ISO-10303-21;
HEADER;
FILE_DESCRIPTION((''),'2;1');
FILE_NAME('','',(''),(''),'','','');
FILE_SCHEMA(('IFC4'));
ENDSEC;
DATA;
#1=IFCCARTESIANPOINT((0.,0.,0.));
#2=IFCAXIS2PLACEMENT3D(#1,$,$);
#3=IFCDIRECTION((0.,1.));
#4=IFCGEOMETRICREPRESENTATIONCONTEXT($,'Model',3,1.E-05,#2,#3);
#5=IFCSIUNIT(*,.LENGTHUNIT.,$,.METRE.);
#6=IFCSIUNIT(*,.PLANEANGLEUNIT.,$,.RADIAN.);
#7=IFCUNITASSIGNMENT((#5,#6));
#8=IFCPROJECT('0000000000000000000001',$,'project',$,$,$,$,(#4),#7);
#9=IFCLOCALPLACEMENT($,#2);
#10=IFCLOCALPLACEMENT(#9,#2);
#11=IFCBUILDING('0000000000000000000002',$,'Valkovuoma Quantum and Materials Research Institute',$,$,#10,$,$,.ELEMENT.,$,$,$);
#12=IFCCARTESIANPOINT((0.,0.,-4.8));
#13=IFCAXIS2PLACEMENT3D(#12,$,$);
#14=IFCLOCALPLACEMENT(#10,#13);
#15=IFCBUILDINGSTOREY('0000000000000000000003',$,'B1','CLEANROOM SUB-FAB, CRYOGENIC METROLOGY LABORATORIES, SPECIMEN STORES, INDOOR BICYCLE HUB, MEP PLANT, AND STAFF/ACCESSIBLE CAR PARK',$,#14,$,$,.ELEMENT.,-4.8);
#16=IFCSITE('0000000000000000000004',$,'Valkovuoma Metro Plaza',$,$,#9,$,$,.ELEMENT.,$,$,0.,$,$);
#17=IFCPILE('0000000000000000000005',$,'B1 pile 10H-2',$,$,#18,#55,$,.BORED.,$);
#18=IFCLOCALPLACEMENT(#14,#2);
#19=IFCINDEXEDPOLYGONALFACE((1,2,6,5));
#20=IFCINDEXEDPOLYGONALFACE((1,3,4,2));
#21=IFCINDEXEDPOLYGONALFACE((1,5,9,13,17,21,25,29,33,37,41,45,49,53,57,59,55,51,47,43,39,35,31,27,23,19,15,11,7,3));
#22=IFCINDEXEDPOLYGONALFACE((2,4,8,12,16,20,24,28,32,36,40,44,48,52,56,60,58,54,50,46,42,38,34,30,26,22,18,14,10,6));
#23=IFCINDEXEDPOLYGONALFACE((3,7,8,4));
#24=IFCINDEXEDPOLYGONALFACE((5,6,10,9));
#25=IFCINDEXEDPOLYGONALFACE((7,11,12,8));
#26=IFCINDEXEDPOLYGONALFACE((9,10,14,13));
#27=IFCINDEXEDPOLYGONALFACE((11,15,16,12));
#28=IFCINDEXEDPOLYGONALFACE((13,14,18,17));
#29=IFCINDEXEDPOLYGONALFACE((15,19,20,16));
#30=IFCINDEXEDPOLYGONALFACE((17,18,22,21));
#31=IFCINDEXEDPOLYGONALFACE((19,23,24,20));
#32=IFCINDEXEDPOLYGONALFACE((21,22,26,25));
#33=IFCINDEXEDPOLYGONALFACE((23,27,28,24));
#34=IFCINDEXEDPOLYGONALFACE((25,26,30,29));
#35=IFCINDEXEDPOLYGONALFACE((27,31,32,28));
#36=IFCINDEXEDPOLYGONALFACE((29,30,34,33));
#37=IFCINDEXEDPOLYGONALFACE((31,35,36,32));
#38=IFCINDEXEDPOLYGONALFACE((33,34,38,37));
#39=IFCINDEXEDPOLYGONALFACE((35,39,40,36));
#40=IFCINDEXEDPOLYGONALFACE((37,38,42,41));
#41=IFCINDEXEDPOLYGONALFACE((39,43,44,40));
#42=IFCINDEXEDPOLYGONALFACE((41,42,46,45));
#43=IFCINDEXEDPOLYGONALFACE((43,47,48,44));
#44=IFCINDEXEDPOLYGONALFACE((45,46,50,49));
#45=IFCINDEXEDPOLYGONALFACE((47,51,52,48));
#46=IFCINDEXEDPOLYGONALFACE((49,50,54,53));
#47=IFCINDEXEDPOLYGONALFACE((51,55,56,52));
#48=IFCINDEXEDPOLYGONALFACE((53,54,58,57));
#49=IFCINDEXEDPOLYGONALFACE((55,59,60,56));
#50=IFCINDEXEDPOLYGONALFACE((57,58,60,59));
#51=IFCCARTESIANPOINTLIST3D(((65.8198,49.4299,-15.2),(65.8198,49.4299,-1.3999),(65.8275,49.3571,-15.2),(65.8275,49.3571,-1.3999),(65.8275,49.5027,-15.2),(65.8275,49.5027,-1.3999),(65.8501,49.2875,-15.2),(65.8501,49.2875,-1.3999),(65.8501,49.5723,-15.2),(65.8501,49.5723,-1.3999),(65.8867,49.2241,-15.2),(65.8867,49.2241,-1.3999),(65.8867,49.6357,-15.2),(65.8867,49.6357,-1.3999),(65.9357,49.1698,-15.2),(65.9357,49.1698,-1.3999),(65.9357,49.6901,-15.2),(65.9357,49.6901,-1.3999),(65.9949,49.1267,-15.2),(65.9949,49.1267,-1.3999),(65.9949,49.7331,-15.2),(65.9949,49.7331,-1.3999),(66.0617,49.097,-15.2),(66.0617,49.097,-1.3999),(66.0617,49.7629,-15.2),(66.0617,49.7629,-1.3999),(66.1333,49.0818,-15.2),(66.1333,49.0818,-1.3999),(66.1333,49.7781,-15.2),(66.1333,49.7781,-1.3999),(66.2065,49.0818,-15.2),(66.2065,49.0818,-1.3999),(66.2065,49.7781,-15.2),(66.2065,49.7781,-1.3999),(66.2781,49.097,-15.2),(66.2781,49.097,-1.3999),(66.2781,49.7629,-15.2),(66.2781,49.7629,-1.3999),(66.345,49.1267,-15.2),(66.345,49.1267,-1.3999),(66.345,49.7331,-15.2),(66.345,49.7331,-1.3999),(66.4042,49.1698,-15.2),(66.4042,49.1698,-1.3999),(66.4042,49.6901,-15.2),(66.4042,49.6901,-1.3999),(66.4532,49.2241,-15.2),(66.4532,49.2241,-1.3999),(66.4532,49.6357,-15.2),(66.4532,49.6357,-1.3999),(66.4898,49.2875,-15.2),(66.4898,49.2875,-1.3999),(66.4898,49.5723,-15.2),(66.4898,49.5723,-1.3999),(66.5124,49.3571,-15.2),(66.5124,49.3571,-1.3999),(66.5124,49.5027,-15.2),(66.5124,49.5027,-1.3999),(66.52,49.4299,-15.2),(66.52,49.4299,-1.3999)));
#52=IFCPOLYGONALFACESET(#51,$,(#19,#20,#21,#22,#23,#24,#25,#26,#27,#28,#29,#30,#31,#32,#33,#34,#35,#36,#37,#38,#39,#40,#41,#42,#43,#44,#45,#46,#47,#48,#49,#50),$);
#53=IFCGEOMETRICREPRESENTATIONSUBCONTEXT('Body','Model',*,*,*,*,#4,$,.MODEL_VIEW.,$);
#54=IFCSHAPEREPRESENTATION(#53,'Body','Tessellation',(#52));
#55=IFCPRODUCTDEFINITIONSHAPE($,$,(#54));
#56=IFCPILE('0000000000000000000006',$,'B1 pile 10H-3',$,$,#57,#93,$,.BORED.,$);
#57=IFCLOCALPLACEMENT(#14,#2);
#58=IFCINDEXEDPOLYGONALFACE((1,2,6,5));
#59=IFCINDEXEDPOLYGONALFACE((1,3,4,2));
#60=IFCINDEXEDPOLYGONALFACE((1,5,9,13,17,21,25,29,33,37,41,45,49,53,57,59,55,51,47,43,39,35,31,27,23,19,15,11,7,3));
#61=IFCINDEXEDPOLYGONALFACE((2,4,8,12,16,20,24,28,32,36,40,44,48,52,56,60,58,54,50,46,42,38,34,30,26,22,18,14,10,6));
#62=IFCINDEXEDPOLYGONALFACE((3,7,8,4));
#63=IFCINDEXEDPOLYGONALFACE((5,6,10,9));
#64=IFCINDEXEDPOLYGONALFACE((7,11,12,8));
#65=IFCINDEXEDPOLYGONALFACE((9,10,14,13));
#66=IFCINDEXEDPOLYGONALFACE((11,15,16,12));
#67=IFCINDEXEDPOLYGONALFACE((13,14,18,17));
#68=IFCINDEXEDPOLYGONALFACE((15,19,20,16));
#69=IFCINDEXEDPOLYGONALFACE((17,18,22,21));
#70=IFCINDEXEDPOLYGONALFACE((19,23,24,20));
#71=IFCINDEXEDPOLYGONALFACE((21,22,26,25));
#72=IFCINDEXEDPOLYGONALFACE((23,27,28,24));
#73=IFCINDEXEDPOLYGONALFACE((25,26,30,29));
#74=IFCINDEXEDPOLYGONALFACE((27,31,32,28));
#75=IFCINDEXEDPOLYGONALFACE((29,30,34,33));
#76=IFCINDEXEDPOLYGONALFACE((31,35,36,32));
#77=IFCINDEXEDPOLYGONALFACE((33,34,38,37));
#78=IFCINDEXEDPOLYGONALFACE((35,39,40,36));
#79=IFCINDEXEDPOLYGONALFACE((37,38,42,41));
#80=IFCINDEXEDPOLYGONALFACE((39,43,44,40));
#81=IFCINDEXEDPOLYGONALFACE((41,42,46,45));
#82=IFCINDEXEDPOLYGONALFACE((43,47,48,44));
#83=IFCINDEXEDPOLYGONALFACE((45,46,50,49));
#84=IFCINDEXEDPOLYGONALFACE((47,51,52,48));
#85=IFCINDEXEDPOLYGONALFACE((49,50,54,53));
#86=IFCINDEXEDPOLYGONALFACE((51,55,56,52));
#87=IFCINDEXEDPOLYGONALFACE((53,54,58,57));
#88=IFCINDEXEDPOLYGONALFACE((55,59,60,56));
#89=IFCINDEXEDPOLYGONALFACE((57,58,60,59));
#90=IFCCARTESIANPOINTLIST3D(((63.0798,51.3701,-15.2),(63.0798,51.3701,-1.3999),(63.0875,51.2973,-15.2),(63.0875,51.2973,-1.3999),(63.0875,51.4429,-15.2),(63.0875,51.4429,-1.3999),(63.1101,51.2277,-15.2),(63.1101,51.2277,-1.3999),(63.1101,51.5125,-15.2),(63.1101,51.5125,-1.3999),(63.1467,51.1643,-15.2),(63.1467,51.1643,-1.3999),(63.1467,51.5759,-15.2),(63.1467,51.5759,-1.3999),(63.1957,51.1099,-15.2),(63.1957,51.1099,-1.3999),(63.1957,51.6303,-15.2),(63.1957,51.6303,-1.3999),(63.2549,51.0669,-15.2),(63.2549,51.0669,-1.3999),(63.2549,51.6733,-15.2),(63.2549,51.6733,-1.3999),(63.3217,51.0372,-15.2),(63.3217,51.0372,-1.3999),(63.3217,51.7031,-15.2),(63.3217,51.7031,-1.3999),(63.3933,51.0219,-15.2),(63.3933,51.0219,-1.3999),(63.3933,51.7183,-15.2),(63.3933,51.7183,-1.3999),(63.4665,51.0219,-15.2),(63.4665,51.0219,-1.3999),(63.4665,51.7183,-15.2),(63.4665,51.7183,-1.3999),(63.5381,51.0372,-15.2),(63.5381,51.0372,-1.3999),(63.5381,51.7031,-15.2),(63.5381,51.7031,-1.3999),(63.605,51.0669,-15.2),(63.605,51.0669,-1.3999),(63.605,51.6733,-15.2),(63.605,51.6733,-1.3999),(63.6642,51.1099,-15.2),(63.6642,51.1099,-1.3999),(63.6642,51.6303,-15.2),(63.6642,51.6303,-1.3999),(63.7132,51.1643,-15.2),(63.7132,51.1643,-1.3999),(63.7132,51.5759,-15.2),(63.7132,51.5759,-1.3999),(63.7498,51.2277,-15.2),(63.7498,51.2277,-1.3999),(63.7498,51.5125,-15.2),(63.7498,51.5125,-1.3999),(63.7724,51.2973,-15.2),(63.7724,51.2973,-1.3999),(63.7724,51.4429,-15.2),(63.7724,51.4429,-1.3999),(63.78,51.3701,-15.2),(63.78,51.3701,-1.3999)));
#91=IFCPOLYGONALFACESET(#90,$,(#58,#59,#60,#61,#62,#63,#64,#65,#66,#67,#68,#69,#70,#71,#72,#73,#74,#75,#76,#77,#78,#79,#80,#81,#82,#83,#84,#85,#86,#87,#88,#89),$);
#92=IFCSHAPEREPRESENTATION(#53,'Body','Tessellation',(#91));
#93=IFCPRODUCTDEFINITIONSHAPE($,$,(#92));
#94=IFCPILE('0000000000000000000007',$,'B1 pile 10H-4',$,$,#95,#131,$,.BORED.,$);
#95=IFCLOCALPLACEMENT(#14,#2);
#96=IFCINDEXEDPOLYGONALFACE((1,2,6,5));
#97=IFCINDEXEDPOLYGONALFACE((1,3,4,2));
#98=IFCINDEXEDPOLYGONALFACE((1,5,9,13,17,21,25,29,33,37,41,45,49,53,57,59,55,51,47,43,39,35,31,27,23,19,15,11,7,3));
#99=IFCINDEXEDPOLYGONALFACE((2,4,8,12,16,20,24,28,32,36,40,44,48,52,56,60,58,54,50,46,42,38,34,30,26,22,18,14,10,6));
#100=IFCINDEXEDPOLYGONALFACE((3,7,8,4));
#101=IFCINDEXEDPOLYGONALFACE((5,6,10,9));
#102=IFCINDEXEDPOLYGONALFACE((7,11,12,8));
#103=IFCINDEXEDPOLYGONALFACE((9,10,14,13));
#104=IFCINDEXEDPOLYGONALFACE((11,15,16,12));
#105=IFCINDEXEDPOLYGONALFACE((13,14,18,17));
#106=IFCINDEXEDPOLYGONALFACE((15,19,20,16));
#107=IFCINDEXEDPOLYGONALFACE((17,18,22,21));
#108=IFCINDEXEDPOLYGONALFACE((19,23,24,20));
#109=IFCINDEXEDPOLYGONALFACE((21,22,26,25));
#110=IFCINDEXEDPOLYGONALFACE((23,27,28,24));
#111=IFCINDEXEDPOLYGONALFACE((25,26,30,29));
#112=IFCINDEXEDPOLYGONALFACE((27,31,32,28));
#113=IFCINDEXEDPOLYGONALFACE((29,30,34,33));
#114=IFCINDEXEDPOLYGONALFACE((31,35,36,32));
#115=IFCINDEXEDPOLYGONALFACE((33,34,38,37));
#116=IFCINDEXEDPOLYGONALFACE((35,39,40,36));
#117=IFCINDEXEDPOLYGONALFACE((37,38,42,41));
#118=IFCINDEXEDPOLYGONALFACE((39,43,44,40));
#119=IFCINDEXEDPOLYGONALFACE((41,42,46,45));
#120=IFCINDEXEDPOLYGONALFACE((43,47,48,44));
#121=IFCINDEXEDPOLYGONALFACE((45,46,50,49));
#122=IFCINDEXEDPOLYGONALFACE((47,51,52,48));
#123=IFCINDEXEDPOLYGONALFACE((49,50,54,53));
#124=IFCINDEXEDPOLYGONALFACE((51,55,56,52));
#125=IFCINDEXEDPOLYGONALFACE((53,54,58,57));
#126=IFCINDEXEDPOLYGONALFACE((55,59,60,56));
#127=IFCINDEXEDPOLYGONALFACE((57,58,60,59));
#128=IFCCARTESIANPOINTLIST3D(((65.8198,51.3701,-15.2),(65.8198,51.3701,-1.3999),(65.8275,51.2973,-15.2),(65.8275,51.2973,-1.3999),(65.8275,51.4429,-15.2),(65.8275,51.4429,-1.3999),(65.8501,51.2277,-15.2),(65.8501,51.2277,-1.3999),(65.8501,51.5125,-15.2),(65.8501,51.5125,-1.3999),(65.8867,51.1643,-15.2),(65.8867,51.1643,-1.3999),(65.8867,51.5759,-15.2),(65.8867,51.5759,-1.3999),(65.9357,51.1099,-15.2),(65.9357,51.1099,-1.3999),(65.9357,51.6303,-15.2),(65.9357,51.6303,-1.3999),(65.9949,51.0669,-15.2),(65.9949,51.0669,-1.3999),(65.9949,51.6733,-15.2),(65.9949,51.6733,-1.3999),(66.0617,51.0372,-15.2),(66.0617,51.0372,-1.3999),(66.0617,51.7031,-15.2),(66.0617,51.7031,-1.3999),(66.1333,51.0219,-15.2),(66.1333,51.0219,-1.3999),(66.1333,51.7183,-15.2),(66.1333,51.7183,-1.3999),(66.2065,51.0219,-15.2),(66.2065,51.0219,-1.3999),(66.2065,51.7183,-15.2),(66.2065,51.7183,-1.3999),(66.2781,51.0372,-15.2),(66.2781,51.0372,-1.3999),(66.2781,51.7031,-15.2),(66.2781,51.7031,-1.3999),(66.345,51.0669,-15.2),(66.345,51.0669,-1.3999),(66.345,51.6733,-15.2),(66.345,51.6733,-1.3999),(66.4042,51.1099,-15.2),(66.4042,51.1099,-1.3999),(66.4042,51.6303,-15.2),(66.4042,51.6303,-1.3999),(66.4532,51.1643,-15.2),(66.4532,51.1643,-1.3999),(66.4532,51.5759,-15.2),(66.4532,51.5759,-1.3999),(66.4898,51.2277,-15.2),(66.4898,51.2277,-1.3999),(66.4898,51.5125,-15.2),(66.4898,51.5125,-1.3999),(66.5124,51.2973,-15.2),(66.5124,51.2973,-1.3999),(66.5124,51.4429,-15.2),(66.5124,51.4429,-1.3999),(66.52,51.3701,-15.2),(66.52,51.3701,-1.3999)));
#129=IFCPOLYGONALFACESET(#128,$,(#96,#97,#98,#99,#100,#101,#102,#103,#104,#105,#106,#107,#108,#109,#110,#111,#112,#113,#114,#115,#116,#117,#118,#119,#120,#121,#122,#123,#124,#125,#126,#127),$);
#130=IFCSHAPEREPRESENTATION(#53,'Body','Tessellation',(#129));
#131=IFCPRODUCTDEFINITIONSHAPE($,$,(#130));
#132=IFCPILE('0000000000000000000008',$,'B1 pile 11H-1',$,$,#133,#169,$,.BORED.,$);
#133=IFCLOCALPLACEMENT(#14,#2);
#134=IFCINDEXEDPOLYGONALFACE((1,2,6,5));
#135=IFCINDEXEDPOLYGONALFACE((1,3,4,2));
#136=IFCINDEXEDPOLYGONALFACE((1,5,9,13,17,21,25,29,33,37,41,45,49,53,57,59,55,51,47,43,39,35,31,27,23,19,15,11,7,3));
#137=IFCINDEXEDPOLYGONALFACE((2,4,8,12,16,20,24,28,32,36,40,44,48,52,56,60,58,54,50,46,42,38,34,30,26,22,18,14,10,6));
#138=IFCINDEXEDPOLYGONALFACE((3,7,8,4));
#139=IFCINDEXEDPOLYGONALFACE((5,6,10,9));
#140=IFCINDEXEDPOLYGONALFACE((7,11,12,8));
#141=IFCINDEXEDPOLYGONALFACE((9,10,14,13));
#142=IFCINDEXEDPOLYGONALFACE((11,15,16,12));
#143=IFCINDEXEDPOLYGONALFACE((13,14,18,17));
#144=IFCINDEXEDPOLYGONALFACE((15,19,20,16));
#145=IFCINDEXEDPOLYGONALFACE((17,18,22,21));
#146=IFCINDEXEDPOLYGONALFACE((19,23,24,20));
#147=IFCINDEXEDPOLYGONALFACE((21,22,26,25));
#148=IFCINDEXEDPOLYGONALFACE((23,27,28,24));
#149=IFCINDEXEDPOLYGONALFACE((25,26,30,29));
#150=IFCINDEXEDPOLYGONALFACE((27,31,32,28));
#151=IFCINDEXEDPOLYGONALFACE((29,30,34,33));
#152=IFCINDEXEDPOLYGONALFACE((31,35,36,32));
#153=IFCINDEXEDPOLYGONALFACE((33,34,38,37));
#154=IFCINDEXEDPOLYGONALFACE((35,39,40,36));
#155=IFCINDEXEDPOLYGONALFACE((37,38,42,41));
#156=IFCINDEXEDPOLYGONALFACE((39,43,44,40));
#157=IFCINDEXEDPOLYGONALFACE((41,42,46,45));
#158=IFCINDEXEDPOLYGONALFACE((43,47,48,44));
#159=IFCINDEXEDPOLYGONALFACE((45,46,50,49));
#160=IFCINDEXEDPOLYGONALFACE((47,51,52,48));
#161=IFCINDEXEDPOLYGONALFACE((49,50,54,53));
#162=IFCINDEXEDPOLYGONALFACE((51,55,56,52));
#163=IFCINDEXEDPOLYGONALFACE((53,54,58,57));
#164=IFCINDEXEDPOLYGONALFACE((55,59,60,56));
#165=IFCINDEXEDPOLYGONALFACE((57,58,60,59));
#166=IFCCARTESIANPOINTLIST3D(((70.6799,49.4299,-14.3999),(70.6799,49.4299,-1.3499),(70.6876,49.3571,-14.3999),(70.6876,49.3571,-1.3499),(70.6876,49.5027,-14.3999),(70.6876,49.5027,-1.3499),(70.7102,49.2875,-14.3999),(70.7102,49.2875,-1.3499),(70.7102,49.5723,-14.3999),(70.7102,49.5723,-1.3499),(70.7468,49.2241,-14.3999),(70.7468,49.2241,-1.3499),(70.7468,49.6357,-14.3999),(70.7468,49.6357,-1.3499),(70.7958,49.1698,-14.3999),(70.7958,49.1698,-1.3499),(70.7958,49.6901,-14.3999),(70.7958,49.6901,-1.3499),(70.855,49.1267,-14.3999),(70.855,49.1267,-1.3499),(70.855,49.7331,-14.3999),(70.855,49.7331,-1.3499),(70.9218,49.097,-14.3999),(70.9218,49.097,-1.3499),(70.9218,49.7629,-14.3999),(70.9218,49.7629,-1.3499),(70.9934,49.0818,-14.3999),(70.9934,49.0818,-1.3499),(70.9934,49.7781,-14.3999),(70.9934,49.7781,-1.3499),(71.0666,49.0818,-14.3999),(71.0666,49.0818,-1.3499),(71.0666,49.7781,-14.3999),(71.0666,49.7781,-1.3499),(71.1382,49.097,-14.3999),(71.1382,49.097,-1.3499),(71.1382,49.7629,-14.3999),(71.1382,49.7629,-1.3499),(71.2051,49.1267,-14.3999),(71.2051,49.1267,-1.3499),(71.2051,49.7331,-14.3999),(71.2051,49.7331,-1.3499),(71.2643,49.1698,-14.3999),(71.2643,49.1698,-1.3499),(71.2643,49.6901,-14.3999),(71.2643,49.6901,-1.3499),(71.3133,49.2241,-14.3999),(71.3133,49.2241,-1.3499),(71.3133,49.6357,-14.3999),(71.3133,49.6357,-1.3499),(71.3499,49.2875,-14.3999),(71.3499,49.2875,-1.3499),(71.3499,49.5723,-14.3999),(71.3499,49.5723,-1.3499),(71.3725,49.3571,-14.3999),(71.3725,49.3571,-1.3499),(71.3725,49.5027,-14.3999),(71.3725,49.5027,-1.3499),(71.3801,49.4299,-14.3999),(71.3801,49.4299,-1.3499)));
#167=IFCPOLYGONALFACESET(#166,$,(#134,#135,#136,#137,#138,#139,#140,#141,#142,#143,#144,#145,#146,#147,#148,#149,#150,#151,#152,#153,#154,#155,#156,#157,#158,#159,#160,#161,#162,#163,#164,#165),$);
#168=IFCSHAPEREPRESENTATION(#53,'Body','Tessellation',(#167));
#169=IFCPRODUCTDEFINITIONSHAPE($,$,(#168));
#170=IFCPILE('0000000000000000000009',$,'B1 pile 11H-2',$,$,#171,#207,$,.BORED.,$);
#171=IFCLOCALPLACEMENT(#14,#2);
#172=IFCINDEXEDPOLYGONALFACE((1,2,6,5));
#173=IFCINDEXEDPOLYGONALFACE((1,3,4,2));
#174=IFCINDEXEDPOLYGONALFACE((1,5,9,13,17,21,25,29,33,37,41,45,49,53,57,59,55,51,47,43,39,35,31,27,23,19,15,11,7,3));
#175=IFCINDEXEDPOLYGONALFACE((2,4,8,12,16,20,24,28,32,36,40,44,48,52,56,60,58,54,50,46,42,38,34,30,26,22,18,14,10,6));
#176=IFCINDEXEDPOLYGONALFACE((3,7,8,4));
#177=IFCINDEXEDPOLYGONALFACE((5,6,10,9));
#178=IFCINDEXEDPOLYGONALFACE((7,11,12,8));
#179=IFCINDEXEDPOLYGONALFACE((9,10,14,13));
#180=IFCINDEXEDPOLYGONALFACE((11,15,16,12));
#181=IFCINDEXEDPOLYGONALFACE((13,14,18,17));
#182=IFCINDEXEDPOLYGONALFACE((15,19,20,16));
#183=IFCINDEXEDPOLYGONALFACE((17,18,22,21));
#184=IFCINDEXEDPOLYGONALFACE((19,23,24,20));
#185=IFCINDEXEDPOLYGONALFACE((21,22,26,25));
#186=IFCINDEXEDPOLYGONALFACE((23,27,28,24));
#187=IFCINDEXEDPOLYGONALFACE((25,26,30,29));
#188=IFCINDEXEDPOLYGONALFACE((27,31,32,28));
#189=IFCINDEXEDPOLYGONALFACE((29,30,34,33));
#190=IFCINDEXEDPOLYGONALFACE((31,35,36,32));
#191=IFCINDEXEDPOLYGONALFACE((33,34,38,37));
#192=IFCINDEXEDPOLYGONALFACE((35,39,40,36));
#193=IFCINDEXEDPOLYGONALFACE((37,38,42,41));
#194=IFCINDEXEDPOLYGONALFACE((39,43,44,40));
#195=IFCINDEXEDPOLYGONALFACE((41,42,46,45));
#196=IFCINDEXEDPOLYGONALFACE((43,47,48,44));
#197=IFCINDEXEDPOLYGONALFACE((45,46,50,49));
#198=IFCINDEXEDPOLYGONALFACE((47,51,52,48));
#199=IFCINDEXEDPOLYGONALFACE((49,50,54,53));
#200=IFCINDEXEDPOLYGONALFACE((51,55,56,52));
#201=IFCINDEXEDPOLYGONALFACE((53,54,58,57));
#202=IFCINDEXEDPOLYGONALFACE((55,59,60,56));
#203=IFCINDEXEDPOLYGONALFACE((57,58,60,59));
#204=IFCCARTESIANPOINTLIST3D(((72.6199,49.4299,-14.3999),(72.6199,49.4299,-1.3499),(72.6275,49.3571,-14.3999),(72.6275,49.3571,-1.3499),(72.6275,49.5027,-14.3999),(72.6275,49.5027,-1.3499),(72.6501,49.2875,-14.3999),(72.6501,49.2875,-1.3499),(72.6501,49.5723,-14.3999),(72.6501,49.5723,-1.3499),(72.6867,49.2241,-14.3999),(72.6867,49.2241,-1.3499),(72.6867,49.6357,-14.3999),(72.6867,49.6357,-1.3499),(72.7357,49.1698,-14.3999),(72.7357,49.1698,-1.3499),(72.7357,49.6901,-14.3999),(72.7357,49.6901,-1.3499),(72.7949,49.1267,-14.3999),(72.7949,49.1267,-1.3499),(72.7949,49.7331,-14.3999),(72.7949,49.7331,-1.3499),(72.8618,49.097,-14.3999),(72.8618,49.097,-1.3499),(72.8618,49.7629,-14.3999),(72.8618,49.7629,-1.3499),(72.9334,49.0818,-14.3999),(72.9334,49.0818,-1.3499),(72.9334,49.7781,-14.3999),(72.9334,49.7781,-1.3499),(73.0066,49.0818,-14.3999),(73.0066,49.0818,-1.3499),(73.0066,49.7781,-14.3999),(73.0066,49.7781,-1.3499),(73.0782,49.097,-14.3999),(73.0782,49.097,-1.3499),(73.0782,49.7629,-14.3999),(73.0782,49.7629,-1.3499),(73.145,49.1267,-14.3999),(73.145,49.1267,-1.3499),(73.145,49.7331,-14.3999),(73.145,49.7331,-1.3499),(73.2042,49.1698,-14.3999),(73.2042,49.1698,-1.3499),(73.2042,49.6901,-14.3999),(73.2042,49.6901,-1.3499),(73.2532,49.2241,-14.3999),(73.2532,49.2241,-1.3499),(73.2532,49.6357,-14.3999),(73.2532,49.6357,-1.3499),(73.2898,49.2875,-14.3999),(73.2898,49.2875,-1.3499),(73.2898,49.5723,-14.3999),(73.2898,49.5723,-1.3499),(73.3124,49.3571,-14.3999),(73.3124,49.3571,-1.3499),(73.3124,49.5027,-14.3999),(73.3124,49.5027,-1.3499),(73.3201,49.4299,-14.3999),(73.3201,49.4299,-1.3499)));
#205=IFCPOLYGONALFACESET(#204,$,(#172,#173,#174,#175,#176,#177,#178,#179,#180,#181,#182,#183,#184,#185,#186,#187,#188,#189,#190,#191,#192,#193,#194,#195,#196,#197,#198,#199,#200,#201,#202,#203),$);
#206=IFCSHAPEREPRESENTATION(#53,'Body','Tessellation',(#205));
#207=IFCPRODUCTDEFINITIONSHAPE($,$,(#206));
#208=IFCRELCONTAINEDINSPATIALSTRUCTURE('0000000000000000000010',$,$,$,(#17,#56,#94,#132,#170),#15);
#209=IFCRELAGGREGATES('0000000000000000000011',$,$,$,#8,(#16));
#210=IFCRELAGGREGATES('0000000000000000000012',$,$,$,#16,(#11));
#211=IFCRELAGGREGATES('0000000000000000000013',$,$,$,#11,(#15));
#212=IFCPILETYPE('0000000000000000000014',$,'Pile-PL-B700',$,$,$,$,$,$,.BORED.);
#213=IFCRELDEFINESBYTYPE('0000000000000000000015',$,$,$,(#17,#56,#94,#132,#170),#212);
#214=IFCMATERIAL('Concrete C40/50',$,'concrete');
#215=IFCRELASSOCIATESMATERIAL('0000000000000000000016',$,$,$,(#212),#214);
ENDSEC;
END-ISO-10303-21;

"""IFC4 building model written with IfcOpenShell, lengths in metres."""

from ifc_helpers import new_model, si_unit, direction, frame, origin, origin_2d, place, context, subcontext, project, spatial, circle, extrude, material, material_profile, profile_set, type_object, element, save


model = new_model("IFC4")

# Units and contexts
model_context = context("Model", 3, precision=1e-05, world=origin(), true_north=direction((0.0, 1.0)))
body_context = subcontext(model_context, "Body", "Model", "MODEL_VIEW")
ifc_project = project(units=[si_unit("LENGTHUNIT", "METRE"), si_unit("PLANEANGLEUNIT", "RADIAN")], contexts=[model_context])

# Site, building, storey
site_placement = place(None, origin())
site = spatial("IfcSite", under=ifc_project, at=site_placement, Name="Valkovuoma Metro Plaza", CompositionType="ELEMENT", RefElevation=0.0)
building_placement = place(site_placement, origin())
building = spatial("IfcBuilding", under=site, at=building_placement, Name="Valkovuoma Quantum and Materials Research Institute", CompositionType="ELEMENT")
storey_placement = place(building_placement, frame((0.0, 0.0, -4.8)))
storey = spatial("IfcBuildingStorey", under=building, at=storey_placement, Name="B1", Description="CLEANROOM SUB-FAB, CRYOGENIC METROLOGY LABORATORIES, SPECIMEN STORES, INDOOR BICYCLE HUB, MEP PLANT, AND STAFF/ACCESSIBLE CAR PARK", CompositionType="ELEMENT", Elevation=-4.8)

# Piles
ifc_material_1 = material(Name="Concrete C40/50", Category="concrete")
ifc_material_profile_1 = material_profile(ifc_material_1, circle(Radius=0.3501, at=origin_2d()), Name="Concrete C40/50")
ifc_profile_set_1 = profile_set([ifc_material_profile_1], Name="Concrete C40/50")
pile_type_1 = type_object("IfcPileType", Name="Pile-PL-B700", PredefinedType="BORED", material=ifc_profile_set_1)
for number, where, z_axis, x_axis, name in (
    (1, (66.1699, 49.4299, -1.3999), (0.0, 0.0, -1.0), (1.0, 0.0, 0.0), "B1 pile 10H-2"),
    (2, (63.4299, 51.3701, -1.3999), (0.0, 0.0, -1.0), (1.0, 0.0, 0.0), "B1 pile 10H-3"),
    (3, (66.1699, 51.3701, -1.3999), (0.0, 0.0, -1.0), (1.0, 0.0, 0.0), "B1 pile 10H-4"),
):
    element("IfcPile", number, at=place(storey_placement, frame(where, z_axis=z_axis, x_axis=x_axis)), inside=storey, type_object=pile_type_1, Name=name, PredefinedType="BORED", context=body_context, shape_type="SweptSolid", body=[
        extrude(circle(Radius=0.3501, at=origin_2d()), origin(), (0.0, 0.0, 1.0), 13.8),
    ])
for number, where, z_axis, x_axis, name in (
    (4, (71.03, 49.4299, -1.3499), (0.0, 0.0, -1.0), (1.0, 0.0, 0.0), "B1 pile 11H-1"),
    (5, (72.97, 49.4299, -1.3499), (0.0, 0.0, -1.0), (1.0, 0.0, 0.0), "B1 pile 11H-2"),
):
    element("IfcPile", number, at=place(storey_placement, frame(where, z_axis=z_axis, x_axis=x_axis)), inside=storey, type_object=pile_type_1, Name=name, PredefinedType="BORED", context=body_context, shape_type="SweptSolid", body=[
        extrude(circle(Radius=0.3501, at=origin_2d()), origin(), (0.0, 0.0, 1.0), 13.05),
    ])

save(model, "model.ifc")
